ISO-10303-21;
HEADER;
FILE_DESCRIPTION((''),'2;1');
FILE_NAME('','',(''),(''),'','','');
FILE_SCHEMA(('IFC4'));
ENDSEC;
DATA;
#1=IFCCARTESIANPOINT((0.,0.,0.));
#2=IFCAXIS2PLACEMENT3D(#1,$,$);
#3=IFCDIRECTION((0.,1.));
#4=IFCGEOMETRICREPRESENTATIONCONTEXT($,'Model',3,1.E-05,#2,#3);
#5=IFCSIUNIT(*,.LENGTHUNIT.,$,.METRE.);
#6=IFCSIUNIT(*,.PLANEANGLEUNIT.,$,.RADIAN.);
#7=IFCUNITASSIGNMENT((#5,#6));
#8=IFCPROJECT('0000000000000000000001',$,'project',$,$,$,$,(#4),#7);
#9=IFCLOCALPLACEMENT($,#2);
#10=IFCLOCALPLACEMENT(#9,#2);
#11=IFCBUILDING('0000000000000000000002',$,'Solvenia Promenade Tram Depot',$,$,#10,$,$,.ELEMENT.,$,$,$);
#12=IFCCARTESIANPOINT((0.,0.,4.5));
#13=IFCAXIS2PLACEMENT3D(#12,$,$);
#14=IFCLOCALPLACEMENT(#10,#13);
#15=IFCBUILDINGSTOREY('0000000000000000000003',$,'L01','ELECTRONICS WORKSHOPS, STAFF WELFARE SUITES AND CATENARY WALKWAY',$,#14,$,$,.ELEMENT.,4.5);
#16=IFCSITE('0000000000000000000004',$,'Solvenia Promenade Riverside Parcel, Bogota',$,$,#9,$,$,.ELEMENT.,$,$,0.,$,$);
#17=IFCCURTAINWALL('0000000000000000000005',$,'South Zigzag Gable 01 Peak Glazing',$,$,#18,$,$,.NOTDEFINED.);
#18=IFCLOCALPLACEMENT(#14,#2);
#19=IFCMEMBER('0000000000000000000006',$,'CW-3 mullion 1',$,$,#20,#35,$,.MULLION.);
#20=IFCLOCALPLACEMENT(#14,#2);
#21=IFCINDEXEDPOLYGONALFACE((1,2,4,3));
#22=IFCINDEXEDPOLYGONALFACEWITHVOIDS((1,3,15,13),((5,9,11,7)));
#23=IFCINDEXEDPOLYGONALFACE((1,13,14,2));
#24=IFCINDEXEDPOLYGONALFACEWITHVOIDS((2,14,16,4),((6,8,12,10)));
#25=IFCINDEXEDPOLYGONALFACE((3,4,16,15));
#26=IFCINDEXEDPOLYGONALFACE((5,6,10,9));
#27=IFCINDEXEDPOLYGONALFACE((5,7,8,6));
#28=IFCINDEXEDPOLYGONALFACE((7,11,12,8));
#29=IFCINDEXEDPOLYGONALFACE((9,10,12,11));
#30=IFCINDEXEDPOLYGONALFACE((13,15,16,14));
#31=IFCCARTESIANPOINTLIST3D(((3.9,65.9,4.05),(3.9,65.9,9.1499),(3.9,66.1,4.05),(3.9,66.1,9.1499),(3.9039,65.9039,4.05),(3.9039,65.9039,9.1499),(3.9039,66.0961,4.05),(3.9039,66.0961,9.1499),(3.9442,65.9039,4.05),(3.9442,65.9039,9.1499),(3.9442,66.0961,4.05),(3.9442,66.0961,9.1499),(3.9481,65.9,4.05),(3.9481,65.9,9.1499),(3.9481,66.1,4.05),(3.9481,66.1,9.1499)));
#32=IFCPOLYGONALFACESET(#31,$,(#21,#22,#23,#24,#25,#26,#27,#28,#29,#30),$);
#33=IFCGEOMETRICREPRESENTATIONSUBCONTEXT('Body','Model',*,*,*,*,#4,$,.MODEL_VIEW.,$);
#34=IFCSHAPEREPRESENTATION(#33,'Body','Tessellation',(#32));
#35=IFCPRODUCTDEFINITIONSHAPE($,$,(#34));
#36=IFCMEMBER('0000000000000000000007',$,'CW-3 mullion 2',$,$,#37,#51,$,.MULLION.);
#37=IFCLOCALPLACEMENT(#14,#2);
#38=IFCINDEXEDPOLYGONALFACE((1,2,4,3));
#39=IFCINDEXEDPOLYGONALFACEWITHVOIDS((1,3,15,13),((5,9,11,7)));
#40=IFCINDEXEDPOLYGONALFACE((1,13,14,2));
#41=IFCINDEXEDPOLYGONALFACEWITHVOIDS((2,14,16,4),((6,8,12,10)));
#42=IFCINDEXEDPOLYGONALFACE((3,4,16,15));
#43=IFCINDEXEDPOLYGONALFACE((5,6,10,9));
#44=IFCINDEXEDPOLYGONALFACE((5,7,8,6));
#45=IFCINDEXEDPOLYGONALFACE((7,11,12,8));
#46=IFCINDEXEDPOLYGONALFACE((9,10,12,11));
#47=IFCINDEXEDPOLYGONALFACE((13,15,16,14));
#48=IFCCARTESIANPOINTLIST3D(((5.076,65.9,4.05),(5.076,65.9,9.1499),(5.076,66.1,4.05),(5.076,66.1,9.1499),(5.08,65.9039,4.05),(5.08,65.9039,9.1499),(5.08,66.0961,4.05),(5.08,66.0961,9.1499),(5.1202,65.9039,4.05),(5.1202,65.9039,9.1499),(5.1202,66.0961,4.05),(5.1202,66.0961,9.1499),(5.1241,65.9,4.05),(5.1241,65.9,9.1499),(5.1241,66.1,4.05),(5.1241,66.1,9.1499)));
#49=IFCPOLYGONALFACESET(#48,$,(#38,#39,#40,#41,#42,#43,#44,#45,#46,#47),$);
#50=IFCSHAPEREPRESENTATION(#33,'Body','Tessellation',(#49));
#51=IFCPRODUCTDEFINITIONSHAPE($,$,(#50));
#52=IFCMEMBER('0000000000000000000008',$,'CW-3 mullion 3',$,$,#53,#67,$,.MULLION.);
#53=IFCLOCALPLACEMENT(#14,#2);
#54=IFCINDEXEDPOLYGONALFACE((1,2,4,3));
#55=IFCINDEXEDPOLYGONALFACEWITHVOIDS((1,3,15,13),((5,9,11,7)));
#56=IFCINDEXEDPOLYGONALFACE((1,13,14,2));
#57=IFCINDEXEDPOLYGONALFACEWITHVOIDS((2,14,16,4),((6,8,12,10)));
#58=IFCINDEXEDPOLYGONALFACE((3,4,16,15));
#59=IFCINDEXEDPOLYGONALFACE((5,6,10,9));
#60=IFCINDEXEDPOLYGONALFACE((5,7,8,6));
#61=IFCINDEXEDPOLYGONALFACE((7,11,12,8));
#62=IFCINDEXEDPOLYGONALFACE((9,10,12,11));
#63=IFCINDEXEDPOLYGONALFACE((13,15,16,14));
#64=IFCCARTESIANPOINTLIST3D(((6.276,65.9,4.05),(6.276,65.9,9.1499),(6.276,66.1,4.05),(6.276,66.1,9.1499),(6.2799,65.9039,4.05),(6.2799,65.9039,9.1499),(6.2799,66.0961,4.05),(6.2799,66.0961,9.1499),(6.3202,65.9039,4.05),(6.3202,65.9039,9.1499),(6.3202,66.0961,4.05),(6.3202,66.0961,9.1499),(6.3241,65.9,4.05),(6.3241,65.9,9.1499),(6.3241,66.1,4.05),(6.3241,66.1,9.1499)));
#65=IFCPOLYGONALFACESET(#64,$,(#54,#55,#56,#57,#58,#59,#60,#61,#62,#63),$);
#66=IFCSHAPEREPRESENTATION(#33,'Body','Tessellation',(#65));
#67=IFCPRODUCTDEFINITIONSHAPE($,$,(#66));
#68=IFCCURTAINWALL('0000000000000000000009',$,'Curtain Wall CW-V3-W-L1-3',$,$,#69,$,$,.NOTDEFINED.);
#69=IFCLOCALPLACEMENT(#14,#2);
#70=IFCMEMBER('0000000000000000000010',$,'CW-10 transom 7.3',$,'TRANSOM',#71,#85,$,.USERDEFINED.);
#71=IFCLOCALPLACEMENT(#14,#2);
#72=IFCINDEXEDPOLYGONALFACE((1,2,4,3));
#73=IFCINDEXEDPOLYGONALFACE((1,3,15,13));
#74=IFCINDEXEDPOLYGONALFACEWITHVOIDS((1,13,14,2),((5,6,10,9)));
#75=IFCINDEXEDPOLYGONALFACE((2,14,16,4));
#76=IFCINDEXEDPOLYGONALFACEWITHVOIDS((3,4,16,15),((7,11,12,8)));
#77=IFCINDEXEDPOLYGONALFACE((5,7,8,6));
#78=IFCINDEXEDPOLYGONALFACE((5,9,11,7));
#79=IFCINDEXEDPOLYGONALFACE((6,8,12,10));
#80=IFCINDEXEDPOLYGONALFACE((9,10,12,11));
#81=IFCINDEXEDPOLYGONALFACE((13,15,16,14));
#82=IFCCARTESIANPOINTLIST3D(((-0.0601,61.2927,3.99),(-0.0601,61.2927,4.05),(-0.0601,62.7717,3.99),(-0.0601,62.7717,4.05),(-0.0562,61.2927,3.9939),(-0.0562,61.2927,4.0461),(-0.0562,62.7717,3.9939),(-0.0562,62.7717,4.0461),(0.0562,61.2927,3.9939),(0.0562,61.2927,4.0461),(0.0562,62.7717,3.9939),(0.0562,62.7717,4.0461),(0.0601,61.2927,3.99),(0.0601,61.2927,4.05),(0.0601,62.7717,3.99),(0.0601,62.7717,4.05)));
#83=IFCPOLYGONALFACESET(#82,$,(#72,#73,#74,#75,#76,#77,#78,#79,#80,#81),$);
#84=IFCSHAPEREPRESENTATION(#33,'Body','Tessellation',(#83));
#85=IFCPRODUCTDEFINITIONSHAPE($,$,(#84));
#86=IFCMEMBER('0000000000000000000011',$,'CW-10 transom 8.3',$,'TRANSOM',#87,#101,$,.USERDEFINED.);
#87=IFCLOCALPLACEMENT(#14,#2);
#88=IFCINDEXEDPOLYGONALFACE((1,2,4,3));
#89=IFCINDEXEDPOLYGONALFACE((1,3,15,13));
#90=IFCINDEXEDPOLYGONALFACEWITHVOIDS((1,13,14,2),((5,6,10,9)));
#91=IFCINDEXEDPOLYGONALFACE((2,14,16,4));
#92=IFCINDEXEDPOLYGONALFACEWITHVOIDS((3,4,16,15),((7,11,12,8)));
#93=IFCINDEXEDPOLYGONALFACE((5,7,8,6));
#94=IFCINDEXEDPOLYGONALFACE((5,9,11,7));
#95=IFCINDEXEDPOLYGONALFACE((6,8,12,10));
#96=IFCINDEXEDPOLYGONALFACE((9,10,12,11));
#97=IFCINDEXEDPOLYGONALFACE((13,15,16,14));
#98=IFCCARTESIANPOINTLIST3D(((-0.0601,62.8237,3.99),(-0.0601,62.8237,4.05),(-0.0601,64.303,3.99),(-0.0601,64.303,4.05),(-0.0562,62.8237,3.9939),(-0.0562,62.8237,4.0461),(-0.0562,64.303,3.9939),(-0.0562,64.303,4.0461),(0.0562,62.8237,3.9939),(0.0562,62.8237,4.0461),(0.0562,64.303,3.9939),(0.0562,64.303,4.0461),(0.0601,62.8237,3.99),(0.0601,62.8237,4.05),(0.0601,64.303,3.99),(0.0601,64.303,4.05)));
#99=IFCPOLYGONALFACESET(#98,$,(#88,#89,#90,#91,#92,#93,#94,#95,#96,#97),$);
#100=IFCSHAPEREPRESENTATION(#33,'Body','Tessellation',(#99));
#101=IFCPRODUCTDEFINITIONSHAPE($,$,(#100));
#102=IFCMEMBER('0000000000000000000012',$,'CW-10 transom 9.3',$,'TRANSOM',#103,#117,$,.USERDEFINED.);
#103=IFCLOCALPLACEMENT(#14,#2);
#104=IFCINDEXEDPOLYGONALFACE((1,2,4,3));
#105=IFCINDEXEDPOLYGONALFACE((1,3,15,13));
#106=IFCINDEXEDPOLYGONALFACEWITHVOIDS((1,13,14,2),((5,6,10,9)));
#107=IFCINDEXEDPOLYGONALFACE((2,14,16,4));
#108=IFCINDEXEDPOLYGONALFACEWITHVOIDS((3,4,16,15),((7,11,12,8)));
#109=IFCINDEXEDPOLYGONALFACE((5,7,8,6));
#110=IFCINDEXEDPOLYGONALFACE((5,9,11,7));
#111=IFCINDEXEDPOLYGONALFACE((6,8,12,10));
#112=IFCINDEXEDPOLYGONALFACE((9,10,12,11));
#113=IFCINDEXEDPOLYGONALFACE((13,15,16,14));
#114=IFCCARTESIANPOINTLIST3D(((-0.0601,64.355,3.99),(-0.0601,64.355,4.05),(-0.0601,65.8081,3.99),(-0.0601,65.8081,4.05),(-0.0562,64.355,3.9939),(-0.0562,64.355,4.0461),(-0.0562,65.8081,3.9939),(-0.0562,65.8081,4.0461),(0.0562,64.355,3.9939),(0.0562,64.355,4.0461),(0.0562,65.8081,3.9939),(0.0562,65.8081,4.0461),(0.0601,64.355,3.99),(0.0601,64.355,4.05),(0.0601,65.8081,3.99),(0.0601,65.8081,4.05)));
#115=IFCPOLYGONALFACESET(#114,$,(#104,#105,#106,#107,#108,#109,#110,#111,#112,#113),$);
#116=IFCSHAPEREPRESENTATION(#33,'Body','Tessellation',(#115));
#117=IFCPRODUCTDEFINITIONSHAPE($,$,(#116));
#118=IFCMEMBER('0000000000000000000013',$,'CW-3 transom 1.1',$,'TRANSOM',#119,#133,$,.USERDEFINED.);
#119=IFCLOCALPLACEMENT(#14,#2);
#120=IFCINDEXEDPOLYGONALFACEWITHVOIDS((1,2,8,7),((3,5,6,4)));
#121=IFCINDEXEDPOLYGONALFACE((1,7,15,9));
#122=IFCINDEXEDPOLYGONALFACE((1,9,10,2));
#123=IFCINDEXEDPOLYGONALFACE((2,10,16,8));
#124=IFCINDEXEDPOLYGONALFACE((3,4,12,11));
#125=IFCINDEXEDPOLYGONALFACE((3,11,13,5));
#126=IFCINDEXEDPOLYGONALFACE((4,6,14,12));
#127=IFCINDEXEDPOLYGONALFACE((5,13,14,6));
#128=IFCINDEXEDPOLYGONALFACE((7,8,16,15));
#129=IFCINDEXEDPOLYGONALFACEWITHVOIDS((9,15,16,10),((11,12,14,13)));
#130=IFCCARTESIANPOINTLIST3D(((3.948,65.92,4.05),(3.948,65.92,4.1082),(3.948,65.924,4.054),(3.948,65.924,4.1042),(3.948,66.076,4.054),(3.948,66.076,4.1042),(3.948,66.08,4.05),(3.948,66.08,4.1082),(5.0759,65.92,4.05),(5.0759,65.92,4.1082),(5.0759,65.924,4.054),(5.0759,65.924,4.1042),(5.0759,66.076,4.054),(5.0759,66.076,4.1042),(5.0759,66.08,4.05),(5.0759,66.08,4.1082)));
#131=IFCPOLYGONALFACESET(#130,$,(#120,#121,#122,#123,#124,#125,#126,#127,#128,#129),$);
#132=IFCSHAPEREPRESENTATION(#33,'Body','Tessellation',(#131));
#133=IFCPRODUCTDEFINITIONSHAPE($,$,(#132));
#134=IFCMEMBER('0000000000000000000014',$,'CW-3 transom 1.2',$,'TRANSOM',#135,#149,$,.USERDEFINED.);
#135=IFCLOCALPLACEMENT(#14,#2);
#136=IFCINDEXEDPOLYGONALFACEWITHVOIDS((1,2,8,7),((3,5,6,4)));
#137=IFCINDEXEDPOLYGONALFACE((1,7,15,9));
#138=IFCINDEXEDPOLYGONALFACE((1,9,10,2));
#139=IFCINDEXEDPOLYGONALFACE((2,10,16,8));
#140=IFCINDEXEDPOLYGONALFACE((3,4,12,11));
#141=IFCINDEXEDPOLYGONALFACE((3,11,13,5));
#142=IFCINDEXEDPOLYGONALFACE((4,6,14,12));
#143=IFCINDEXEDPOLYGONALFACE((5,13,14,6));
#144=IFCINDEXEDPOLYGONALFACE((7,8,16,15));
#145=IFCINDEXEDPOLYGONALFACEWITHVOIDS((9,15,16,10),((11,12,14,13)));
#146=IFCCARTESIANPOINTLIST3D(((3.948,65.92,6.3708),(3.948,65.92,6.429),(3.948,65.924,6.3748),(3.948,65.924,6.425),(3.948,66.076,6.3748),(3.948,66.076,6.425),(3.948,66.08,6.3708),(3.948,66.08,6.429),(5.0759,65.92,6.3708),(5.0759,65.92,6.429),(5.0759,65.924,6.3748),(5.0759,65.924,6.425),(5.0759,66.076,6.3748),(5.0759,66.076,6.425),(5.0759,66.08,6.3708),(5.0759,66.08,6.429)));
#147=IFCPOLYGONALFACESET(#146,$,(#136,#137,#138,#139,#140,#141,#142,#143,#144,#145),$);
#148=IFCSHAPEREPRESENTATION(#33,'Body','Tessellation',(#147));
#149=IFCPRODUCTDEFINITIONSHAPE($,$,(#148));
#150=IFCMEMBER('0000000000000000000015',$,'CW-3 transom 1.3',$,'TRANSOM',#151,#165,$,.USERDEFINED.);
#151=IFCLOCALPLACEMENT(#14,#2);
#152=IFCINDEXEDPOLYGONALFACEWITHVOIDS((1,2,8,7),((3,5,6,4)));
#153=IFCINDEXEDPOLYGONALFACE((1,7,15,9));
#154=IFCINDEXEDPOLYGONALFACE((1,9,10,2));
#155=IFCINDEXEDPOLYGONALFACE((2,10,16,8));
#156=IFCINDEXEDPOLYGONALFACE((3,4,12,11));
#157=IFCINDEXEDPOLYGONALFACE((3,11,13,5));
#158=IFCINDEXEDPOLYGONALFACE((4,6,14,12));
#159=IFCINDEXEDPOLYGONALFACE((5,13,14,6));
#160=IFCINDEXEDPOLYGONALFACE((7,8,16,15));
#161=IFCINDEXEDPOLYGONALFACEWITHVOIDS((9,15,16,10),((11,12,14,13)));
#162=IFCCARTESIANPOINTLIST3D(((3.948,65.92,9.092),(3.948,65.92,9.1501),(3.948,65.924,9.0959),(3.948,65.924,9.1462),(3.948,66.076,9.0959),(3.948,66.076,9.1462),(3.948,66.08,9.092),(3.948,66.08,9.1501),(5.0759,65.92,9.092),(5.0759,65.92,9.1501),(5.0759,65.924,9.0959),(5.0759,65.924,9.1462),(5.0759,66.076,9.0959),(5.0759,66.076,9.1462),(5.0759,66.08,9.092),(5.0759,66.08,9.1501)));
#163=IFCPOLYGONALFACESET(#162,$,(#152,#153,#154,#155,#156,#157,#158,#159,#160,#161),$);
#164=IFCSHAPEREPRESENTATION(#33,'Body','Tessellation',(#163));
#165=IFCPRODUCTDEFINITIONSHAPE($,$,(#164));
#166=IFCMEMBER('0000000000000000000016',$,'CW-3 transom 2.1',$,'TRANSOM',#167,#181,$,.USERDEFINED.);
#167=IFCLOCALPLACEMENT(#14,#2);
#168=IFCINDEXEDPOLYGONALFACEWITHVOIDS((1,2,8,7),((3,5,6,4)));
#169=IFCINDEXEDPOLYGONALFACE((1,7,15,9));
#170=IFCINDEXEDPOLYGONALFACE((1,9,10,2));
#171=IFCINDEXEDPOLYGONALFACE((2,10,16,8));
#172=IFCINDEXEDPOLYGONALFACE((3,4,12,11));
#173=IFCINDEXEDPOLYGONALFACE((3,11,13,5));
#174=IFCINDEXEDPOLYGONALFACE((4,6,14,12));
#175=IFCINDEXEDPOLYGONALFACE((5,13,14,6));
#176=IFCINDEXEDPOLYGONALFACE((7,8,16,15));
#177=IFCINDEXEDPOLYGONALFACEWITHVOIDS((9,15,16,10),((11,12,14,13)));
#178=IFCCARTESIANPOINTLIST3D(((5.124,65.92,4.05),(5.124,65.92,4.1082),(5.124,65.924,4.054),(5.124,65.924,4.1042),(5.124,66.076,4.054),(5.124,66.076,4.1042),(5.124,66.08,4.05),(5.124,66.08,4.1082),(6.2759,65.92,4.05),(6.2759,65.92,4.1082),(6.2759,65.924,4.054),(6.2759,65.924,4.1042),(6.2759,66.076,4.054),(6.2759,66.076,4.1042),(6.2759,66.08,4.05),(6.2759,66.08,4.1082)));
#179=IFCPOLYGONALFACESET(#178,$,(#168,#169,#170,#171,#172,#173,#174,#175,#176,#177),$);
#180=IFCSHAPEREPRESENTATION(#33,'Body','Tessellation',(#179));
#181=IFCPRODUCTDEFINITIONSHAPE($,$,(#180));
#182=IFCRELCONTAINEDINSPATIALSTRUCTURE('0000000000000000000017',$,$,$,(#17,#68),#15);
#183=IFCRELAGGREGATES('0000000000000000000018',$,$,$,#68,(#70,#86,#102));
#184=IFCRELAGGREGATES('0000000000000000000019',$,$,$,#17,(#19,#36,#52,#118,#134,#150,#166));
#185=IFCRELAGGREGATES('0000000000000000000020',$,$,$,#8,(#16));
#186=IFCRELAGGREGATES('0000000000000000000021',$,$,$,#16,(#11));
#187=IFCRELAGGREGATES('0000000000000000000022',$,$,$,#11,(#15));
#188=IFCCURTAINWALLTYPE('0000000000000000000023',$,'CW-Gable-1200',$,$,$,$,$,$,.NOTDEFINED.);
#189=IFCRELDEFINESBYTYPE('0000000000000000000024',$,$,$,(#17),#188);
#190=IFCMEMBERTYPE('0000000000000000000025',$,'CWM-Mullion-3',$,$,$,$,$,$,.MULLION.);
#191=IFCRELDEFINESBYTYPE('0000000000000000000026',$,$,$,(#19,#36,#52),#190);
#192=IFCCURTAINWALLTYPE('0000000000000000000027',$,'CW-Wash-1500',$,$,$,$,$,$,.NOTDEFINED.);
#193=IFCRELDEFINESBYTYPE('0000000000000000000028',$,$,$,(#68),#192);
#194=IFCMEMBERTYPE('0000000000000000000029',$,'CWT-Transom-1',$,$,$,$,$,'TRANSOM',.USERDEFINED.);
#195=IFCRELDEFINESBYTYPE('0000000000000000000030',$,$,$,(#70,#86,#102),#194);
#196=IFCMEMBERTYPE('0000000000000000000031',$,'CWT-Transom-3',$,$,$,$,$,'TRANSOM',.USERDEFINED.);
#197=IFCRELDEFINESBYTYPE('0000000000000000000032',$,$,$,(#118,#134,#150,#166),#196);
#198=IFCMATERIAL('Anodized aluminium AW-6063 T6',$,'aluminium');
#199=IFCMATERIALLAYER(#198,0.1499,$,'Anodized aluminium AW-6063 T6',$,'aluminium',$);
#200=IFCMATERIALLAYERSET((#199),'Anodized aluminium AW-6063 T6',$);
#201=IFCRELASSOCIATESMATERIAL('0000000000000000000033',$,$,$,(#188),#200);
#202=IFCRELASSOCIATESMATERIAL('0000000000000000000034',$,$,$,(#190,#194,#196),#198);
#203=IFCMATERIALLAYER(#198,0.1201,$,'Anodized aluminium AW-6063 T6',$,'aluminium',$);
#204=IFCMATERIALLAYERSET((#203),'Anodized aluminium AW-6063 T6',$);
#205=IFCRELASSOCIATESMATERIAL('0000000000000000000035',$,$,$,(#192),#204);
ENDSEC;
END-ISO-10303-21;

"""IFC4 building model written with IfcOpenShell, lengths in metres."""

from ifc_helpers import new_model, si_unit, direction, frame, origin, origin_2d, place, context, subcontext, project, spatial, hollow_rectangle, extrude, material, layer, layer_set, material_profile, profile_set, type_object, element, aggregate, save


model = new_model("IFC4")

# Units and contexts
model_context = context("Model", 3, precision=1e-05, world=origin(), true_north=direction((0.0, 1.0)))
body_context = subcontext(model_context, "Body", "Model", "MODEL_VIEW")
ifc_project = project(units=[si_unit("LENGTHUNIT", "METRE"), si_unit("PLANEANGLEUNIT", "RADIAN")], contexts=[model_context])

# Site, building, storey
site_placement = place(None, origin())
site = spatial("IfcSite", under=ifc_project, at=site_placement, Name="Solvenia Promenade Riverside Parcel, Bogota", CompositionType="ELEMENT", RefElevation=0.0)
building_placement = place(site_placement, origin())
building = spatial("IfcBuilding", under=site, at=building_placement, Name="Solvenia Promenade Tram Depot", CompositionType="ELEMENT")
storey_placement = place(building_placement, frame((0.0, 0.0, 4.5)))
storey = spatial("IfcBuildingStorey", under=building, at=storey_placement, Name="L01", Description="ELECTRONICS WORKSHOPS, STAFF WELFARE SUITES AND CATENARY WALKWAY", CompositionType="ELEMENT", Elevation=4.5)

# Curtain walls, members
ifc_material_1 = material(Name="Anodized aluminium AW-6063 T6", Category="aluminium")
ifc_layer_1 = layer(ifc_material_1, 0.1499, Name="Anodized aluminium AW-6063 T6", Category="aluminium")
ifc_layer_set_1 = layer_set([ifc_layer_1], Name="Anodized aluminium AW-6063 T6")
curtain_wall_type_1 = type_object("IfcCurtainWallType", Name="CW-Gable-1200", PredefinedType="NOTDEFINED", material=ifc_layer_set_1)
curtain_wall_1_placement = place(storey_placement, origin())
curtain_wall_1 = element("IfcCurtainWall", 1, at=curtain_wall_1_placement, inside=storey, type_object=curtain_wall_type_1, Name="South Zigzag Gable 01 Peak Glazing", PredefinedType="NOTDEFINED")
ifc_material_profile_1 = material_profile(ifc_material_1, hollow_rectangle(XDim=0.2, YDim=0.0481, WallThickness=0.0039, at=origin_2d()), Name="ALU-M3", Category="aluminium")
ifc_profile_set_1 = profile_set([ifc_material_profile_1], Name="Anodized aluminium AW-6063 T6")
member_type_1 = type_object("IfcMemberType", Name="CWM-Mullion-3", PredefinedType="MULLION", material=ifc_profile_set_1)
member_1_placement = place(storey_placement, frame((3.9241, 66.0, 4.05), z_axis=(0.0, 0.0, 1.0), x_axis=(0.0, 1.0, 0.0)))
member_1 = element("IfcMember", 2, at=member_1_placement, type_object=member_type_1, Name="CW-3 mullion 1", PredefinedType="MULLION", context=body_context, shape_type="SweptSolid", body=[
    extrude(hollow_rectangle(XDim=0.2, YDim=0.0481, WallThickness=0.0039, at=origin_2d()), origin(), (0.0, 0.0, 1.0), 5.0999),
])
member_2_placement = place(storey_placement, frame((5.1001, 66.0, 4.05), z_axis=(0.0, 0.0, 1.0), x_axis=(0.0, 1.0, 0.0)))
member_2 = element("IfcMember", 3, at=member_2_placement, type_object=member_type_1, Name="CW-3 mullion 2", PredefinedType="MULLION", context=body_context, shape_type="SweptSolid", body=[
    extrude(hollow_rectangle(XDim=0.2, YDim=0.0481, WallThickness=0.0039, at=origin_2d()), origin(), (0.0, 0.0, 1.0), 5.0999),
])
member_3_placement = place(storey_placement, frame((6.3, 66.0, 4.05), z_axis=(0.0, 0.0, 1.0), x_axis=(0.0, 1.0, 0.0)))
member_3 = element("IfcMember", 4, at=member_3_placement, type_object=member_type_1, Name="CW-3 mullion 3", PredefinedType="MULLION", context=body_context, shape_type="SweptSolid", body=[
    extrude(hollow_rectangle(XDim=0.2, YDim=0.0481, WallThickness=0.0039, at=origin_2d()), origin(), (0.0, 0.0, 1.0), 5.0999),
])
ifc_layer_2 = layer(ifc_material_1, 0.1201, Name="Anodized aluminium AW-6063 T6", Category="aluminium")
ifc_layer_set_2 = layer_set([ifc_layer_2], Name="Anodized aluminium AW-6063 T6")
curtain_wall_type_2 = type_object("IfcCurtainWallType", Name="CW-Wash-1500", PredefinedType="NOTDEFINED", material=ifc_layer_set_2)
curtain_wall_2_placement = place(storey_placement, origin())
curtain_wall_2 = element("IfcCurtainWall", 5, at=curtain_wall_2_placement, inside=storey, type_object=curtain_wall_type_2, Name="Curtain Wall CW-V3-W-L1-3", PredefinedType="NOTDEFINED")
ifc_material_profile_2 = material_profile(ifc_material_1, hollow_rectangle(XDim=0.1201, YDim=0.0601, WallThickness=0.0039, at=origin_2d()), Name="ALU-T1", Category="aluminium")
ifc_profile_set_2 = profile_set([ifc_material_profile_2], Name="Anodized aluminium AW-6063 T6")
member_type_2 = type_object("IfcMemberType", Name="CWT-Transom-1", ElementType="TRANSOM", PredefinedType="USERDEFINED", material=ifc_profile_set_2)
member_4_placement = place(storey_placement, frame((0.0, 61.2927, 4.02), z_axis=(0.0, 1.0, 0.0), x_axis=(-1.0, 0.0, 0.0)))
member_4 = element("IfcMember", 6, at=member_4_placement, type_object=member_type_2, Name="CW-10 transom 7.3", ObjectType="TRANSOM", PredefinedType="USERDEFINED", context=body_context, shape_type="SweptSolid", body=[
    extrude(hollow_rectangle(XDim=0.1201, YDim=0.0601, WallThickness=0.0039, at=origin_2d()), origin(), (0.0, 0.0, 1.0), 1.479),
])
member_5_placement = place(storey_placement, frame((0.0, 62.8237, 4.02), z_axis=(0.0, 1.0, 0.0), x_axis=(-1.0, 0.0, 0.0)))
member_5 = element("IfcMember", 7, at=member_5_placement, type_object=member_type_2, Name="CW-10 transom 8.3", ObjectType="TRANSOM", PredefinedType="USERDEFINED", context=body_context, shape_type="SweptSolid", body=[
    extrude(hollow_rectangle(XDim=0.1201, YDim=0.0601, WallThickness=0.0039, at=origin_2d()), origin(), (0.0, 0.0, 1.0), 1.4792),
])
member_6_placement = place(storey_placement, frame((0.0, 64.355, 4.02), z_axis=(0.0, 1.0, 0.0), x_axis=(-1.0, 0.0, 0.0)))
member_6 = element("IfcMember", 8, at=member_6_placement, type_object=member_type_2, Name="CW-10 transom 9.3", ObjectType="TRANSOM", PredefinedType="USERDEFINED", context=body_context, shape_type="SweptSolid", body=[
    extrude(hollow_rectangle(XDim=0.1201, YDim=0.0601, WallThickness=0.0039, at=origin_2d()), origin(), (0.0, 0.0, 1.0), 1.4531),
])
aggregate(curtain_wall_2, [member_4, member_5, member_6])

# Members
ifc_material_profile_3 = material_profile(ifc_material_1, hollow_rectangle(XDim=0.1599, YDim=0.0581, WallThickness=0.0039, at=origin_2d()), Name="ALU-T3", Category="aluminium")
ifc_profile_set_3 = profile_set([ifc_material_profile_3], Name="Anodized aluminium AW-6063 T6")
member_type_3 = type_object("IfcMemberType", Name="CWT-Transom-3", ElementType="TRANSOM", PredefinedType="USERDEFINED", material=ifc_profile_set_3)
member_7_placement = place(storey_placement, frame((3.948, 66.0, 4.0791), z_axis=(1.0, 0.0, 0.0), x_axis=(0.0, 1.0, 0.0)))
member_7 = element("IfcMember", 9, at=member_7_placement, type_object=member_type_3, Name="CW-3 transom 1.1", ObjectType="TRANSOM", PredefinedType="USERDEFINED", context=body_context, shape_type="SweptSolid", body=[
    extrude(hollow_rectangle(XDim=0.1599, YDim=0.0581, WallThickness=0.0039, at=origin_2d()), origin(), (0.0, 0.0, 1.0), 1.1279),
])
member_8_placement = place(storey_placement, frame((3.948, 66.0, 6.3999), z_axis=(1.0, 0.0, 0.0), x_axis=(0.0, 1.0, 0.0)))
member_8 = element("IfcMember", 10, at=member_8_placement, type_object=member_type_3, Name="CW-3 transom 1.2", ObjectType="TRANSOM", PredefinedType="USERDEFINED", context=body_context, shape_type="SweptSolid", body=[
    extrude(hollow_rectangle(XDim=0.1599, YDim=0.0581, WallThickness=0.0039, at=origin_2d()), origin(), (0.0, 0.0, 1.0), 1.1279),
])
member_9_placement = place(storey_placement, frame((3.948, 66.0, 9.1211), z_axis=(1.0, 0.0, 0.0), x_axis=(0.0, 1.0, 0.0)))
member_9 = element("IfcMember", 11, at=member_9_placement, type_object=member_type_3, Name="CW-3 transom 1.3", ObjectType="TRANSOM", PredefinedType="USERDEFINED", context=body_context, shape_type="SweptSolid", body=[
    extrude(hollow_rectangle(XDim=0.1599, YDim=0.0581, WallThickness=0.0039, at=origin_2d()), origin(), (0.0, 0.0, 1.0), 1.1279),
])
member_10_placement = place(storey_placement, frame((5.124, 66.0, 4.0791), z_axis=(1.0, 0.0, 0.0), x_axis=(0.0, 1.0, 0.0)))
member_10 = element("IfcMember", 12, at=member_10_placement, type_object=member_type_3, Name="CW-3 transom 2.1", ObjectType="TRANSOM", PredefinedType="USERDEFINED", context=body_context, shape_type="SweptSolid", body=[
    extrude(hollow_rectangle(XDim=0.1599, YDim=0.0581, WallThickness=0.0039, at=origin_2d()), origin(), (0.0, 0.0, 1.0), 1.1519),
])

aggregate(curtain_wall_1, [member_1, member_2, member_3, member_7, member_8, member_9, member_10])

save(model, "model.ifc")
